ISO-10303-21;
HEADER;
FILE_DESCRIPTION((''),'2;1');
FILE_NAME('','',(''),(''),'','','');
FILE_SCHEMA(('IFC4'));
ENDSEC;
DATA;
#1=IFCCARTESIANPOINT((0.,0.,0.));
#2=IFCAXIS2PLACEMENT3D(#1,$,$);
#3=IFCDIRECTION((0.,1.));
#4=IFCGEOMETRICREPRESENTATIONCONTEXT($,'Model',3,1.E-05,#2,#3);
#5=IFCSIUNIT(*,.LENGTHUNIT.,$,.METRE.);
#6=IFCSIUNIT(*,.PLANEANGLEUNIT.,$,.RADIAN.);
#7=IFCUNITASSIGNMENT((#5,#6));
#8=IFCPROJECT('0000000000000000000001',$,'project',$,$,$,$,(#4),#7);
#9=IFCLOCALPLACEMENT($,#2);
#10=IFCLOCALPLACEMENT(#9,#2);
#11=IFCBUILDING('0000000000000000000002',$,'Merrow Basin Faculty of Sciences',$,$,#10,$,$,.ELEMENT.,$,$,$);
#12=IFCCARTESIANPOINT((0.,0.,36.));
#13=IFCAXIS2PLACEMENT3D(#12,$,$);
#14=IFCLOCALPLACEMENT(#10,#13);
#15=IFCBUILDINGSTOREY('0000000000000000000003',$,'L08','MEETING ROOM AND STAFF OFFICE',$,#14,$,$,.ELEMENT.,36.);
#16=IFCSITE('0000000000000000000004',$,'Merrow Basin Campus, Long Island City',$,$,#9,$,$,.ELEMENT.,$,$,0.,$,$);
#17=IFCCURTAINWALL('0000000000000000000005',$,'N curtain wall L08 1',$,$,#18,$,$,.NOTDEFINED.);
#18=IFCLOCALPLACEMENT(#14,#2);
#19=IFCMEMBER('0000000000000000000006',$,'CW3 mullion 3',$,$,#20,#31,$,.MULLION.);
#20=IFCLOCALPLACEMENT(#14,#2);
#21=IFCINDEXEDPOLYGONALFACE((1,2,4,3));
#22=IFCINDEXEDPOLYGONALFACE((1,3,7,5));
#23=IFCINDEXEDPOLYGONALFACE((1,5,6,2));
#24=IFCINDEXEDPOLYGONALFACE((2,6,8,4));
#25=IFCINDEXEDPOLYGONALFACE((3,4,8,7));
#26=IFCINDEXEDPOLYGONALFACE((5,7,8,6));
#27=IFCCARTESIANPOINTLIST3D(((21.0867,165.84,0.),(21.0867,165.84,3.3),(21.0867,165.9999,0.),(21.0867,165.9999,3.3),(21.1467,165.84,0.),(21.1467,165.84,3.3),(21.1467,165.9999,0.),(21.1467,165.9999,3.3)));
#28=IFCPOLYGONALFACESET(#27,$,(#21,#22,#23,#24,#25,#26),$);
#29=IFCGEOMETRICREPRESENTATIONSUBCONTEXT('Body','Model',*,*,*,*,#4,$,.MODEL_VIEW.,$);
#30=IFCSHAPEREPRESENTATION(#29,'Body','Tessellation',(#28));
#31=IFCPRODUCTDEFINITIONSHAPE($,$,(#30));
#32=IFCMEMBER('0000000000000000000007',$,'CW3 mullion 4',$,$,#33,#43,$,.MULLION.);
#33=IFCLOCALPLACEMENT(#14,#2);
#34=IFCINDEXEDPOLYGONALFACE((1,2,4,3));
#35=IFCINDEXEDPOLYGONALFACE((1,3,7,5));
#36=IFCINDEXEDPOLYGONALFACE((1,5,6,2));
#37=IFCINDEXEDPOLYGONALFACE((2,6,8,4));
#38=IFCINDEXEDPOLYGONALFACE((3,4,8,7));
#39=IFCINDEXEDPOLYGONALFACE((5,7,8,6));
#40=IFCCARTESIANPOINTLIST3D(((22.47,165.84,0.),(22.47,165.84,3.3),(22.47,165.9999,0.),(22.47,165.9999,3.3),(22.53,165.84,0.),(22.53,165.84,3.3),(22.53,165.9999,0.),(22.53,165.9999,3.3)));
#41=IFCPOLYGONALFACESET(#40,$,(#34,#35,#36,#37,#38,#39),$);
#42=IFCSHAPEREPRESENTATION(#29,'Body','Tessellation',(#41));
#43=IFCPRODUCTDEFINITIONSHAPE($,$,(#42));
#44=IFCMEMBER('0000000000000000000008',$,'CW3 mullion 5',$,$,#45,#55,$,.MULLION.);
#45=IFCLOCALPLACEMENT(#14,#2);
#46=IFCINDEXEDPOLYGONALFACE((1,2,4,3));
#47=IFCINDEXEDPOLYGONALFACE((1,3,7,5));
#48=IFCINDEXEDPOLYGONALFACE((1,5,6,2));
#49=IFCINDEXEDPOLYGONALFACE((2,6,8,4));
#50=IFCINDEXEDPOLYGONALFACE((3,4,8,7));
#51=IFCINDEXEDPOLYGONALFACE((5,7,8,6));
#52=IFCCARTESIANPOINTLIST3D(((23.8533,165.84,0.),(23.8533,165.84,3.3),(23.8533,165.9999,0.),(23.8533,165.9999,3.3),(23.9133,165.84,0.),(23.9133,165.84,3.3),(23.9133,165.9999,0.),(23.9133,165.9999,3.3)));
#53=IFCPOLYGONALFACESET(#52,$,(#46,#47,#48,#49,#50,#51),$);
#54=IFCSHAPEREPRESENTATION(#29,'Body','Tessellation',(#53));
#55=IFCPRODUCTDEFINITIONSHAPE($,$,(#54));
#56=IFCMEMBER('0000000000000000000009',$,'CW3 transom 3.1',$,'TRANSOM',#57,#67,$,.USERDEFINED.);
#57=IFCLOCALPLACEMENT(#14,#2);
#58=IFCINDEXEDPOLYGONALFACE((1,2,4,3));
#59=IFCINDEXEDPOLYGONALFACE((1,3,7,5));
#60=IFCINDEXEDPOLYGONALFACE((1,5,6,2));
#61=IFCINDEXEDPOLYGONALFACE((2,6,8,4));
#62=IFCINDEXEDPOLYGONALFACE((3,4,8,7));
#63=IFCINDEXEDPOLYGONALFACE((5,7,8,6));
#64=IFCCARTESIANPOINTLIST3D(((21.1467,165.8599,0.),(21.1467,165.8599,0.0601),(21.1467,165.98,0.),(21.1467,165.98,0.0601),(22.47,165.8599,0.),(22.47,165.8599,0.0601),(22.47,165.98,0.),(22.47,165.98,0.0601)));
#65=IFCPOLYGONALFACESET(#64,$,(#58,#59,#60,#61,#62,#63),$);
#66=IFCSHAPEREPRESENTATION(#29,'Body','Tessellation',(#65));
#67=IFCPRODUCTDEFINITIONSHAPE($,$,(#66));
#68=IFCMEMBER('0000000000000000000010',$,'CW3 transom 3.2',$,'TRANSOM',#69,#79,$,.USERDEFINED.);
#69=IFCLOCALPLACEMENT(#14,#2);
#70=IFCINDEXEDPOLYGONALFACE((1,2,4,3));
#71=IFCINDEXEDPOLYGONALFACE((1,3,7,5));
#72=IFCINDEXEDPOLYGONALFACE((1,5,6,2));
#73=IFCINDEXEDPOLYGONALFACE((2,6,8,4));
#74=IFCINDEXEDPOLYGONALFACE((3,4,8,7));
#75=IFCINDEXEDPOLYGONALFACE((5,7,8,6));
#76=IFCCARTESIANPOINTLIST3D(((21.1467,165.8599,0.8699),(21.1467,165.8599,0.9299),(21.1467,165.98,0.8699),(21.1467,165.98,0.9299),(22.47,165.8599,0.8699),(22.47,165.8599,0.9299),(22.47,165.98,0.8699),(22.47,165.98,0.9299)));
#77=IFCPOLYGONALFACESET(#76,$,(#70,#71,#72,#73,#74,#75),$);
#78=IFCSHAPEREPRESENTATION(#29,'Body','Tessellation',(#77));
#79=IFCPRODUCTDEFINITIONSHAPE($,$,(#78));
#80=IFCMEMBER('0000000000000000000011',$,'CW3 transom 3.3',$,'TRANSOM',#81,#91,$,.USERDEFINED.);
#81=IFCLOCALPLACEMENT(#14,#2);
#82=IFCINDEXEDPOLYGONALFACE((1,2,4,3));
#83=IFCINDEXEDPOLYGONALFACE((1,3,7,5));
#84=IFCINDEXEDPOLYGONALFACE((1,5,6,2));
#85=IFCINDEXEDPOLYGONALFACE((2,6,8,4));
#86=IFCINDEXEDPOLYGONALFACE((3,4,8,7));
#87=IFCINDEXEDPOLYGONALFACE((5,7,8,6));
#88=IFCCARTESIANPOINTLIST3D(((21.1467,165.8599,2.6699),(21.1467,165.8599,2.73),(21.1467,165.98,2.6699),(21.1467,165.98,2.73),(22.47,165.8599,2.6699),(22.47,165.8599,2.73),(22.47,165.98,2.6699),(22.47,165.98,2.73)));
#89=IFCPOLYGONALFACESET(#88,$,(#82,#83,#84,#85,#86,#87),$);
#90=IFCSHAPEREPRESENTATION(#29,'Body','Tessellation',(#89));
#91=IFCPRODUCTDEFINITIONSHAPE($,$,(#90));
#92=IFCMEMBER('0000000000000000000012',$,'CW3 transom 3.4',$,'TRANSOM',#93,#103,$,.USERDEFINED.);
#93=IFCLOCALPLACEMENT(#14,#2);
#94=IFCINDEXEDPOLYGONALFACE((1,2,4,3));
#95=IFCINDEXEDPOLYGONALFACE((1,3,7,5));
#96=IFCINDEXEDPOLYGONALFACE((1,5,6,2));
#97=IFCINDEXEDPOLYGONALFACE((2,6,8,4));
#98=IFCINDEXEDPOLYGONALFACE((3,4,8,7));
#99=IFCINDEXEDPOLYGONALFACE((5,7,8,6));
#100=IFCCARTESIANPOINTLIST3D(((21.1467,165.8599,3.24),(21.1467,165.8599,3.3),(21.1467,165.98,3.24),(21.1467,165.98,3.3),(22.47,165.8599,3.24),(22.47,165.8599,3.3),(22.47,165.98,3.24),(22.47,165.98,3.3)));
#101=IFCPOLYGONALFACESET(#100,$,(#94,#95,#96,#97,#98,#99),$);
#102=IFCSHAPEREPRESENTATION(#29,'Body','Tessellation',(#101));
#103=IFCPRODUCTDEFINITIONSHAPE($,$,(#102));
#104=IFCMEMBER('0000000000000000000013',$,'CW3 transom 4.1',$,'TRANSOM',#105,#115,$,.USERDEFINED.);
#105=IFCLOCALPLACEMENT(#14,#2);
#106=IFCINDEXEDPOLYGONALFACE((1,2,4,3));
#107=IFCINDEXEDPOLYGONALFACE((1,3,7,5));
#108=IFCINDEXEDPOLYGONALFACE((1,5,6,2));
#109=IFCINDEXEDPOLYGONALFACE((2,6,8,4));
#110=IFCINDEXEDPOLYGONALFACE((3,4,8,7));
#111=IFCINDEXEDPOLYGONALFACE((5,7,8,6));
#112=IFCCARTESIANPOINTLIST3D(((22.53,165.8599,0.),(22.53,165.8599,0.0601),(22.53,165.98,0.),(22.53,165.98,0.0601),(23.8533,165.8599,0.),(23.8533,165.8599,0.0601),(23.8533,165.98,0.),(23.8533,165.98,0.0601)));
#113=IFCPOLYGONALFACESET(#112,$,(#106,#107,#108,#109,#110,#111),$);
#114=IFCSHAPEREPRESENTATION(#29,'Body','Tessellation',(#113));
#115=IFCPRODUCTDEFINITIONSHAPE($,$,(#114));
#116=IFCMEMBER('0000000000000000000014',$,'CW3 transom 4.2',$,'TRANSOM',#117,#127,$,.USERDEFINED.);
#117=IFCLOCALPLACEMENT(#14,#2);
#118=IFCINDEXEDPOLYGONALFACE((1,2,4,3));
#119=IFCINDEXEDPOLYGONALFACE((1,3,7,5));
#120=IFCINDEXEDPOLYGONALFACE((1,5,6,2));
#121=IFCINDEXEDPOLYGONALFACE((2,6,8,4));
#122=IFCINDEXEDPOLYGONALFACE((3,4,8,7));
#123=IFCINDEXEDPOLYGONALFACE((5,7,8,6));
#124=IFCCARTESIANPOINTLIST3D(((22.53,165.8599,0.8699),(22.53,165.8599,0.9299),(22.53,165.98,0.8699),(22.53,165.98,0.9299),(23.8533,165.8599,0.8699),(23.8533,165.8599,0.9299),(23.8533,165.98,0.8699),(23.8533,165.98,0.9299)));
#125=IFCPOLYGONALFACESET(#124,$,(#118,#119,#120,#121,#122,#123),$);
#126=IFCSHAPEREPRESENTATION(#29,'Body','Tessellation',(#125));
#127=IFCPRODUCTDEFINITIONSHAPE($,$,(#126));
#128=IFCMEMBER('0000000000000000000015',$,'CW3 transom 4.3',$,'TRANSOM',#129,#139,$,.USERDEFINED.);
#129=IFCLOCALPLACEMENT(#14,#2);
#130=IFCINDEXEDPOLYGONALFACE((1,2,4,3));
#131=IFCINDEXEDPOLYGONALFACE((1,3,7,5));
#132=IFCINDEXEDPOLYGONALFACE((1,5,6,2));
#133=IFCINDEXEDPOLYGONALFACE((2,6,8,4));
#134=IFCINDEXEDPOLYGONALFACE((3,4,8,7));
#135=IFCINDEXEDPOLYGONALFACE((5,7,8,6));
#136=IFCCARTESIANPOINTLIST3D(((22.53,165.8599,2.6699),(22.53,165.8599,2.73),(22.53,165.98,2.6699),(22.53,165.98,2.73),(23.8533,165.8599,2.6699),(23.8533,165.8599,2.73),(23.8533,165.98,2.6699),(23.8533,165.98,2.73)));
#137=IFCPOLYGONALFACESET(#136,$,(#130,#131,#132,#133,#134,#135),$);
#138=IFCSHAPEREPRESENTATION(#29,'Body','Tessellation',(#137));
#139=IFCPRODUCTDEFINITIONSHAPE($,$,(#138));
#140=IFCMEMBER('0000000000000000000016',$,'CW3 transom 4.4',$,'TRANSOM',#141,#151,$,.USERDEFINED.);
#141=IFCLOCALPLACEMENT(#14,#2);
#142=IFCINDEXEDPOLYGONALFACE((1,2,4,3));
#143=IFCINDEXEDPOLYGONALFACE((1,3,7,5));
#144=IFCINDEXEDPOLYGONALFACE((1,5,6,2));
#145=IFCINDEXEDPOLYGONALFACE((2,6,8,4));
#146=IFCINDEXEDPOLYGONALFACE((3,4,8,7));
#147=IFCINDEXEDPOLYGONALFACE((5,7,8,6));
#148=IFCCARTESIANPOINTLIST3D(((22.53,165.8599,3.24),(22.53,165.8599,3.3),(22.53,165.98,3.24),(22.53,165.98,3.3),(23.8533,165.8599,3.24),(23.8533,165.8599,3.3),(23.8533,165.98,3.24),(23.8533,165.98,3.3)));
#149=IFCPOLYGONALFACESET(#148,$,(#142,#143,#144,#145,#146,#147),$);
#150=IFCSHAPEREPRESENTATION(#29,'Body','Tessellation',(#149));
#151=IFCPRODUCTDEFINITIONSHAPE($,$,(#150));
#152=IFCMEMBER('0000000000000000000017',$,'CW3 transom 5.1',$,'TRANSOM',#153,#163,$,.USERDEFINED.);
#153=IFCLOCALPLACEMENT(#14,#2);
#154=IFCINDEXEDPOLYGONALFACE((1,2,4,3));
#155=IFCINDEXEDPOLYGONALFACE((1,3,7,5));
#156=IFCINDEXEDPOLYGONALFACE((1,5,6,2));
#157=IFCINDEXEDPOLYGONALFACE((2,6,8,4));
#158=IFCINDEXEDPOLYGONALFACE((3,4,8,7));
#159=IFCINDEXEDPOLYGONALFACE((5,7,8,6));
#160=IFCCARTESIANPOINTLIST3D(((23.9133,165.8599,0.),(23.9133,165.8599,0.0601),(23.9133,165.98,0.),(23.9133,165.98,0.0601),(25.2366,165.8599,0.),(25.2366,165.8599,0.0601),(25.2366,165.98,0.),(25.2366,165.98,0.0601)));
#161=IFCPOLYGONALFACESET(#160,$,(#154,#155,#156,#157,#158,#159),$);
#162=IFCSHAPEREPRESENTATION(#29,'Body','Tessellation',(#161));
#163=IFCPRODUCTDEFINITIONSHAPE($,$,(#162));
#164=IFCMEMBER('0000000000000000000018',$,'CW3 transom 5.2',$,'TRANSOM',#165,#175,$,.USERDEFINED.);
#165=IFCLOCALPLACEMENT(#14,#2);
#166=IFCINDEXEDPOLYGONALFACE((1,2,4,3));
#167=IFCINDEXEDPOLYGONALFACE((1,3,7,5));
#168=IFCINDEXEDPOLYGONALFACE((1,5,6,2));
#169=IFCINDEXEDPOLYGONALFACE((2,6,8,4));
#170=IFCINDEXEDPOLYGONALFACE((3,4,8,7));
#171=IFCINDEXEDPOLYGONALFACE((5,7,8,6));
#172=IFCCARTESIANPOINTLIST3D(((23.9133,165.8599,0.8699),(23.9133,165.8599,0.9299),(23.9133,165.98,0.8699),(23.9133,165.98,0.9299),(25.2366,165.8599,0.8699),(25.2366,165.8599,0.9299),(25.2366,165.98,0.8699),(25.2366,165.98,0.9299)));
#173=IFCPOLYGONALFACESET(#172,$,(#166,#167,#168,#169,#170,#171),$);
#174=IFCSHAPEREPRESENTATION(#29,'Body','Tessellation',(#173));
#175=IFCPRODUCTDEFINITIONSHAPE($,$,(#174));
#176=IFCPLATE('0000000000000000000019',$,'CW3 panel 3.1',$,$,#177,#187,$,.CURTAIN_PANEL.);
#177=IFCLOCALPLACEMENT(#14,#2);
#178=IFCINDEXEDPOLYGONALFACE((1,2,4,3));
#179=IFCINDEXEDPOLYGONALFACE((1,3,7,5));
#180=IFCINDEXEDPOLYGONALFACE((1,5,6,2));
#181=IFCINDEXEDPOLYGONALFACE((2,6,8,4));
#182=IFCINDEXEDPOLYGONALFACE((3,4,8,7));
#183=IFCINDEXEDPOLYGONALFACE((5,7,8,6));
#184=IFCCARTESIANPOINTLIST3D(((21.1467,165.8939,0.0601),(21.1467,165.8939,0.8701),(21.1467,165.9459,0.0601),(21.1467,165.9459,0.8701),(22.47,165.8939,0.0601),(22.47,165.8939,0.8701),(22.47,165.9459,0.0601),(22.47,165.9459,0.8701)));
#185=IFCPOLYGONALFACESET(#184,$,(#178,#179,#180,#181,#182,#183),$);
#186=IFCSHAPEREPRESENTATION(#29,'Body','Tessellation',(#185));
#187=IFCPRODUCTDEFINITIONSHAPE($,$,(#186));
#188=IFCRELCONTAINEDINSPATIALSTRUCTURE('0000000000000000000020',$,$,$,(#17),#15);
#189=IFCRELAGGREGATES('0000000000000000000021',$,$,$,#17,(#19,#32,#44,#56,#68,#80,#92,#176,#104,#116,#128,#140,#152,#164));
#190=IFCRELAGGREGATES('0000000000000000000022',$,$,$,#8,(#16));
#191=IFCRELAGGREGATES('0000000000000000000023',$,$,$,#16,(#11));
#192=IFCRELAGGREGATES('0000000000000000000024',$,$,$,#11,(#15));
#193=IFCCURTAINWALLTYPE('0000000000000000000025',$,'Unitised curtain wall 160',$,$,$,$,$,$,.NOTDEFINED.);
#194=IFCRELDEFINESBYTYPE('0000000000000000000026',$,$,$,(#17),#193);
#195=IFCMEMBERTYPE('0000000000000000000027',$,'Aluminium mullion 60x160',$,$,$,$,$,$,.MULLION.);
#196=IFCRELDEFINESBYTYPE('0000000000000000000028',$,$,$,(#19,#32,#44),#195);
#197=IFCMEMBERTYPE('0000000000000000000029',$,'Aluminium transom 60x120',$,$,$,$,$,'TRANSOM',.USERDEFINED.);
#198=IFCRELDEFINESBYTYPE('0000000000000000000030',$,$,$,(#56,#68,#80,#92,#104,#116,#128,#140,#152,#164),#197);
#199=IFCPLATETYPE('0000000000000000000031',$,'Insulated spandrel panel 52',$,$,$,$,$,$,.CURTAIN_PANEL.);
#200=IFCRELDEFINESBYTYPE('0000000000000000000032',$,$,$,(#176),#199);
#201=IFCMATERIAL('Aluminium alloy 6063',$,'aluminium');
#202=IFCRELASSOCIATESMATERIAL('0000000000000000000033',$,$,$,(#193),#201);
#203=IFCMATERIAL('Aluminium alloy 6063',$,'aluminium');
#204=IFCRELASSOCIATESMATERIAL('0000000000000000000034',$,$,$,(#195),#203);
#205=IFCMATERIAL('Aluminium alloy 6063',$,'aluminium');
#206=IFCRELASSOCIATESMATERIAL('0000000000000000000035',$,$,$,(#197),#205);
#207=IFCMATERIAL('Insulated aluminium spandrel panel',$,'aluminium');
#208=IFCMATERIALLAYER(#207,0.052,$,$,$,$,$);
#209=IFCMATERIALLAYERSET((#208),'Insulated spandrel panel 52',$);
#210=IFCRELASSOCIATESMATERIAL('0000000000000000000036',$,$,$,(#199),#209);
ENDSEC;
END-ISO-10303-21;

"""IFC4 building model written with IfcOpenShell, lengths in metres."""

from ifc_helpers import new_model, si_unit, direction, frame, origin, origin_2d, place, context, subcontext, project, spatial, rectangle, extrude, material, layer, layer_set, material_profile, profile_set, type_object, element, aggregate, save


model = new_model("IFC4")

# Units and contexts
model_context = context("Model", 3, precision=1e-05, world=origin(), true_north=direction((0.0, 1.0)))
body_context = subcontext(model_context, "Body", "Model", "MODEL_VIEW")
ifc_project = project(units=[si_unit("LENGTHUNIT", "METRE"), si_unit("PLANEANGLEUNIT", "RADIAN")], contexts=[model_context])

# Site, building, storey
site_placement = place(None, origin())
site = spatial("IfcSite", under=ifc_project, at=site_placement, Name="Merrow Basin Campus, Long Island City", CompositionType="ELEMENT", RefElevation=0.0)
building_placement = place(site_placement, origin())
building = spatial("IfcBuilding", under=site, at=building_placement, Name="Merrow Basin Faculty of Sciences", CompositionType="ELEMENT")
storey_placement = place(building_placement, frame((0.0, 0.0, 36.0)))
storey = spatial("IfcBuildingStorey", under=building, at=storey_placement, Name="L08", Description="MEETING ROOM AND STAFF OFFICE", CompositionType="ELEMENT", Elevation=36.0)

# Curtain wall, members, plate
ifc_material_1 = material(Name="Aluminium alloy 6063", Category="aluminium")
curtain_wall_type = type_object("IfcCurtainWallType", Name="Unitised curtain wall 160", PredefinedType="NOTDEFINED", material=ifc_material_1)
curtain_wall_placement = place(storey_placement, origin())
curtain_wall = element("IfcCurtainWall", 1, at=curtain_wall_placement, inside=storey, type_object=curtain_wall_type, Name="N curtain wall L08 1", PredefinedType="NOTDEFINED")
ifc_material_2 = material(Name="Aluminium alloy 6063", Category="aluminium")
ifc_material_profile_1 = material_profile(ifc_material_2, rectangle(XDim=0.1599, YDim=0.0601, at=origin_2d()))
ifc_profile_set_1 = profile_set([ifc_material_profile_1], Name="Aluminium alloy 6063")
member_type_1 = type_object("IfcMemberType", Name="Aluminium mullion 60x160", PredefinedType="MULLION", material=ifc_profile_set_1)
member_1_placement = place(storey_placement, frame((21.1167, 165.9199, 0.0), z_axis=(0.0, 0.0, 1.0), x_axis=(0.0, 1.0, 0.0)))
member_1 = element("IfcMember", 2, at=member_1_placement, type_object=member_type_1, Name="CW3 mullion 3", PredefinedType="MULLION", context=body_context, shape_type="SweptSolid", body=[
    extrude(rectangle(XDim=0.1599, YDim=0.0601, at=origin_2d()), origin(), (0.0, 0.0, 1.0), 3.3),
])
member_2_placement = place(storey_placement, frame((22.5, 165.9199, 0.0), z_axis=(0.0, 0.0, 1.0), x_axis=(0.0, 1.0, 0.0)))
member_2 = element("IfcMember", 3, at=member_2_placement, type_object=member_type_1, Name="CW3 mullion 4", PredefinedType="MULLION", context=body_context, shape_type="SweptSolid", body=[
    extrude(rectangle(XDim=0.1599, YDim=0.0601, at=origin_2d()), origin(), (0.0, 0.0, 1.0), 3.3),
])
member_3_placement = place(storey_placement, frame((23.8833, 165.9199, 0.0), z_axis=(0.0, 0.0, 1.0), x_axis=(0.0, 1.0, 0.0)))
member_3 = element("IfcMember", 4, at=member_3_placement, type_object=member_type_1, Name="CW3 mullion 5", PredefinedType="MULLION", context=body_context, shape_type="SweptSolid", body=[
    extrude(rectangle(XDim=0.1599, YDim=0.0601, at=origin_2d()), origin(), (0.0, 0.0, 1.0), 3.3),
])
ifc_material_3 = material(Name="Aluminium alloy 6063", Category="aluminium")
ifc_material_profile_2 = material_profile(ifc_material_3, rectangle(XDim=0.1201, YDim=0.0601, at=origin_2d()))
ifc_profile_set_2 = profile_set([ifc_material_profile_2], Name="Aluminium alloy 6063")
member_type_2 = type_object("IfcMemberType", Name="Aluminium transom 60x120", ElementType="TRANSOM", PredefinedType="USERDEFINED", material=ifc_profile_set_2)
member_4_placement = place(storey_placement, frame((21.1467, 165.9199, 0.03), z_axis=(1.0, 0.0, 0.0), x_axis=(0.0, 1.0, 0.0)))
member_4 = element("IfcMember", 5, at=member_4_placement, type_object=member_type_2, Name="CW3 transom 3.1", ObjectType="TRANSOM", PredefinedType="USERDEFINED", context=body_context, shape_type="SweptSolid", body=[
    extrude(rectangle(XDim=0.1201, YDim=0.0601, at=origin_2d()), origin(), (0.0, 0.0, 1.0), 1.3232),
])
member_5_placement = place(storey_placement, frame((21.1467, 165.9199, 0.8999), z_axis=(1.0, 0.0, 0.0), x_axis=(0.0, 1.0, 0.0)))
member_5 = element("IfcMember", 6, at=member_5_placement, type_object=member_type_2, Name="CW3 transom 3.2", ObjectType="TRANSOM", PredefinedType="USERDEFINED", context=body_context, shape_type="SweptSolid", body=[
    extrude(rectangle(XDim=0.1201, YDim=0.0601, at=origin_2d()), origin(), (0.0, 0.0, 1.0), 1.3232),
])
member_6_placement = place(storey_placement, frame((21.1467, 165.9199, 2.7), z_axis=(1.0, 0.0, 0.0), x_axis=(0.0, 1.0, 0.0)))
member_6 = element("IfcMember", 7, at=member_6_placement, type_object=member_type_2, Name="CW3 transom 3.3", ObjectType="TRANSOM", PredefinedType="USERDEFINED", context=body_context, shape_type="SweptSolid", body=[
    extrude(rectangle(XDim=0.1201, YDim=0.0601, at=origin_2d()), origin(), (0.0, 0.0, 1.0), 1.3232),
])
member_7_placement = place(storey_placement, frame((21.1467, 165.9199, 3.27), z_axis=(1.0, 0.0, 0.0), x_axis=(0.0, 1.0, 0.0)))
member_7 = element("IfcMember", 8, at=member_7_placement, type_object=member_type_2, Name="CW3 transom 3.4", ObjectType="TRANSOM", PredefinedType="USERDEFINED", context=body_context, shape_type="SweptSolid", body=[
    extrude(rectangle(XDim=0.1201, YDim=0.0601, at=origin_2d()), origin(), (0.0, 0.0, 1.0), 1.3232),
])
member_8_placement = place(storey_placement, frame((22.53, 165.9199, 0.03), z_axis=(1.0, 0.0, 0.0), x_axis=(0.0, 1.0, 0.0)))
member_8 = element("IfcMember", 9, at=member_8_placement, type_object=member_type_2, Name="CW3 transom 4.1", ObjectType="TRANSOM", PredefinedType="USERDEFINED", context=body_context, shape_type="SweptSolid", body=[
    extrude(rectangle(XDim=0.1201, YDim=0.0601, at=origin_2d()), origin(), (0.0, 0.0, 1.0), 1.3232),
])
member_9_placement = place(storey_placement, frame((22.53, 165.9199, 0.8999), z_axis=(1.0, 0.0, 0.0), x_axis=(0.0, 1.0, 0.0)))
member_9 = element("IfcMember", 10, at=member_9_placement, type_object=member_type_2, Name="CW3 transom 4.2", ObjectType="TRANSOM", PredefinedType="USERDEFINED", context=body_context, shape_type="SweptSolid", body=[
    extrude(rectangle(XDim=0.1201, YDim=0.0601, at=origin_2d()), origin(), (0.0, 0.0, 1.0), 1.3232),
])
member_10_placement = place(storey_placement, frame((22.53, 165.9199, 2.7), z_axis=(1.0, 0.0, 0.0), x_axis=(0.0, 1.0, 0.0)))
member_10 = element("IfcMember", 11, at=member_10_placement, type_object=member_type_2, Name="CW3 transom 4.3", ObjectType="TRANSOM", PredefinedType="USERDEFINED", context=body_context, shape_type="SweptSolid", body=[
    extrude(rectangle(XDim=0.1201, YDim=0.0601, at=origin_2d()), origin(), (0.0, 0.0, 1.0), 1.3232),
])
member_11_placement = place(storey_placement, frame((22.53, 165.9199, 3.27), z_axis=(1.0, 0.0, 0.0), x_axis=(0.0, 1.0, 0.0)))
member_11 = element("IfcMember", 12, at=member_11_placement, type_object=member_type_2, Name="CW3 transom 4.4", ObjectType="TRANSOM", PredefinedType="USERDEFINED", context=body_context, shape_type="SweptSolid", body=[
    extrude(rectangle(XDim=0.1201, YDim=0.0601, at=origin_2d()), origin(), (0.0, 0.0, 1.0), 1.3232),
])
member_12_placement = place(storey_placement, frame((23.9133, 165.9199, 0.03), z_axis=(1.0, 0.0, 0.0), x_axis=(0.0, 1.0, 0.0)))
member_12 = element("IfcMember", 13, at=member_12_placement, type_object=member_type_2, Name="CW3 transom 5.1", ObjectType="TRANSOM", PredefinedType="USERDEFINED", context=body_context, shape_type="SweptSolid", body=[
    extrude(rectangle(XDim=0.1201, YDim=0.0601, at=origin_2d()), origin(), (0.0, 0.0, 1.0), 1.3232),
])
member_13_placement = place(storey_placement, frame((23.9133, 165.9199, 0.8999), z_axis=(1.0, 0.0, 0.0), x_axis=(0.0, 1.0, 0.0)))
member_13 = element("IfcMember", 14, at=member_13_placement, type_object=member_type_2, Name="CW3 transom 5.2", ObjectType="TRANSOM", PredefinedType="USERDEFINED", context=body_context, shape_type="SweptSolid", body=[
    extrude(rectangle(XDim=0.1201, YDim=0.0601, at=origin_2d()), origin(), (0.0, 0.0, 1.0), 1.3232),
])
ifc_material_4 = material(Name="Insulated aluminium spandrel panel", Category="aluminium")
ifc_layer_1 = layer(ifc_material_4, 0.052)
ifc_layer_set_1 = layer_set([ifc_layer_1], Name="Insulated spandrel panel 52")
plate_type_1 = type_object("IfcPlateType", Name="Insulated spandrel panel 52", PredefinedType="CURTAIN_PANEL", material=ifc_layer_set_1)
plate_1_placement = place(storey_placement, frame((21.8083, 165.9199, 0.0601), z_axis=(0.0, 0.0, 1.0), x_axis=(1.0, 0.0, 0.0)))
plate_1 = element("IfcPlate", 15, at=plate_1_placement, type_object=plate_type_1, Name="CW3 panel 3.1", PredefinedType="CURTAIN_PANEL", context=body_context, shape_type="SweptSolid", body=[
    extrude(rectangle(XDim=1.3232, YDim=0.052, at=origin_2d()), origin(), (0.0, 0.0, 1.0), 0.8101),
])
aggregate(curtain_wall, [member_1, member_2, member_3, member_4, member_5, member_6, member_7, plate_1, member_8, member_9, member_10, member_11, member_12, member_13])

save(model, "model.ifc")
